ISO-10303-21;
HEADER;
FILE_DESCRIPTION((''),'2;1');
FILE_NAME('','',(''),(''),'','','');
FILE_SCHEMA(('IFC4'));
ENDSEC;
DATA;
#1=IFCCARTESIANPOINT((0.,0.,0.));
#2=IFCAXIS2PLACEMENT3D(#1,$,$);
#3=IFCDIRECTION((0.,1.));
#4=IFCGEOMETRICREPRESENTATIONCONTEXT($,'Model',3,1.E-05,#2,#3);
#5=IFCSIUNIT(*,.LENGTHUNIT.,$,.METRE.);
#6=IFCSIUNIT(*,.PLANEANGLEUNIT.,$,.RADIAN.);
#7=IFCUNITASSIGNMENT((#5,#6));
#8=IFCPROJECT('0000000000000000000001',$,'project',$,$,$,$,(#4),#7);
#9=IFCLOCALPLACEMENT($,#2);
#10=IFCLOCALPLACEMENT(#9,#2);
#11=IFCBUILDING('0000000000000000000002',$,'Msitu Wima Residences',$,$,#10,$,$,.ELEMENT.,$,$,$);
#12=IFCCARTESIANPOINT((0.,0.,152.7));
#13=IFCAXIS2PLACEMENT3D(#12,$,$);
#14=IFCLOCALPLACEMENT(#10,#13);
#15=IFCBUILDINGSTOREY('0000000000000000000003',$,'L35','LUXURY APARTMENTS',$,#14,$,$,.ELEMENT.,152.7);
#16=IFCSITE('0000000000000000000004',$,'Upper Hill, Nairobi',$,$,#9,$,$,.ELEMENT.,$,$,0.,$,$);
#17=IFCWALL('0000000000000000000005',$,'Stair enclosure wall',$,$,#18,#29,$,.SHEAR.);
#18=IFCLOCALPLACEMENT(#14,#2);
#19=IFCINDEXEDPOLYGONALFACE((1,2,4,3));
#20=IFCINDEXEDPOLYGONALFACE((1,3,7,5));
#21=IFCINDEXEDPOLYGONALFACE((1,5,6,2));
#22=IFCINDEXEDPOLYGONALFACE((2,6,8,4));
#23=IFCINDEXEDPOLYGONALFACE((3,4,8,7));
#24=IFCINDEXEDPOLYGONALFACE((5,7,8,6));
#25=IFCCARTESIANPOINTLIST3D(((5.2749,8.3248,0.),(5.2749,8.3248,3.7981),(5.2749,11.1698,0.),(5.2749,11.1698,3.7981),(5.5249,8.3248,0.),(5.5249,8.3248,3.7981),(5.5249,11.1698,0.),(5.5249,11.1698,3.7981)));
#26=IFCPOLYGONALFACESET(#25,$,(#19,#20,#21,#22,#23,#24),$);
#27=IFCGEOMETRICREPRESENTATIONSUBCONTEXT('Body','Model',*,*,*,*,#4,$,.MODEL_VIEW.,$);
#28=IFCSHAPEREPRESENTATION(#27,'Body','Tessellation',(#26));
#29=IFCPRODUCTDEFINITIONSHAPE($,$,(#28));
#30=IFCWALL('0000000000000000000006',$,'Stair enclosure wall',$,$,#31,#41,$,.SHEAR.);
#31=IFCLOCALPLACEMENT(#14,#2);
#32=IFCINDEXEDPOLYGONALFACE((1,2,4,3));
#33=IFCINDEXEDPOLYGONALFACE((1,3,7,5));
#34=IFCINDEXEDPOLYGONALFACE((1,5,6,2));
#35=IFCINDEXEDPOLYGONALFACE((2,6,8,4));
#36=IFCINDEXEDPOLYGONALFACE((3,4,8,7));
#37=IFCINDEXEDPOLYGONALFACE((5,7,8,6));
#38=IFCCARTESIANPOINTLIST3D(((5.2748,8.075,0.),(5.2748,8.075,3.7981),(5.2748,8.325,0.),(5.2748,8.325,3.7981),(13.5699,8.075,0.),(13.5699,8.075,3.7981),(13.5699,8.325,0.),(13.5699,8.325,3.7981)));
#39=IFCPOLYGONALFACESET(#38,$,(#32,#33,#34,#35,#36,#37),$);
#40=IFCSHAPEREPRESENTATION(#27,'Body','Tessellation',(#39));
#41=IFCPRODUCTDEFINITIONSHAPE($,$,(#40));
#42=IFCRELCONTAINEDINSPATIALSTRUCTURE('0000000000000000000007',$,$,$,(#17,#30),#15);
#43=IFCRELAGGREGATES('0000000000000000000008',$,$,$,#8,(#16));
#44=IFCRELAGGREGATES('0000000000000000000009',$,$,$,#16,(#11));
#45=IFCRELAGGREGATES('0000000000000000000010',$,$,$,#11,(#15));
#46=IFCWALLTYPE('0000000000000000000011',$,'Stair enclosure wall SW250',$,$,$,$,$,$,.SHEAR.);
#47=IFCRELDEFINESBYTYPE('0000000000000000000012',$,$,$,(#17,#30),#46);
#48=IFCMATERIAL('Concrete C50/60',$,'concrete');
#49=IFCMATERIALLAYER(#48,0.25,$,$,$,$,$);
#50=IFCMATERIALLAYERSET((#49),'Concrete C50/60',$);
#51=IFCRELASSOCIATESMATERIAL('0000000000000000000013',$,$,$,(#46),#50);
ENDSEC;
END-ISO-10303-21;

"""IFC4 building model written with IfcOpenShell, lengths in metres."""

from ifc_helpers import new_model, si_unit, direction, frame, frame_2d, origin, place, context, subcontext, project, spatial, rectangle, extrude, material, layer, layer_set, type_object, element, save


model = new_model("IFC4")

# Units and contexts
model_context = context("Model", 3, precision=1e-05, world=origin(), true_north=direction((0.0, 1.0)))
body_context = subcontext(model_context, "Body", "Model", "MODEL_VIEW")
ifc_project = project(units=[si_unit("LENGTHUNIT", "METRE"), si_unit("PLANEANGLEUNIT", "RADIAN")], contexts=[model_context])

# Site, building, storey
site_placement = place(None, origin())
site = spatial("IfcSite", under=ifc_project, at=site_placement, Name="Upper Hill, Nairobi", CompositionType="ELEMENT", RefElevation=0.0)
building_placement = place(site_placement, origin())
building = spatial("IfcBuilding", under=site, at=building_placement, Name="Msitu Wima Residences", CompositionType="ELEMENT")
storey_placement = place(building_placement, frame((0.0, 0.0, 152.7)))
storey = spatial("IfcBuildingStorey", under=building, at=storey_placement, Name="L35", Description="LUXURY APARTMENTS", CompositionType="ELEMENT", Elevation=152.7)

# Walls
ifc_material_1 = material(Name="Concrete C50/60", Category="concrete")
ifc_layer_1 = layer(ifc_material_1, 0.25)
ifc_layer_set_1 = layer_set([ifc_layer_1], Name="Concrete C50/60")
wall_type_1 = type_object("IfcWallType", Name="Stair enclosure wall SW250", PredefinedType="SHEAR", material=ifc_layer_set_1)
wall_1_placement = place(storey_placement, frame((5.3999, 8.325, 0.0), z_axis=(0.0, 0.0, 1.0), x_axis=(0.0, 1.0, 0.0)))
element("IfcWall", 1, at=wall_1_placement, inside=storey, type_object=wall_type_1, Name="Stair enclosure wall", PredefinedType="SHEAR", context=body_context, shape_type="SweptSolid", body=[
    extrude(rectangle(XDim=2.845, YDim=0.25, at=frame_2d((1.4224, 0.0))), origin(), (0.0, 0.0, 1.0), 3.7981),
])
wall_2_placement = place(storey_placement, frame((5.2749, 8.2, 0.0), z_axis=(0.0, 0.0, 1.0), x_axis=(1.0, 0.0, 0.0)))
element("IfcWall", 2, at=wall_2_placement, inside=storey, type_object=wall_type_1, Name="Stair enclosure wall", PredefinedType="SHEAR", context=body_context, shape_type="SweptSolid", body=[
    extrude(rectangle(XDim=8.2952, YDim=0.25, at=frame_2d((4.1475, 0.0))), origin(), (0.0, 0.0, 1.0), 3.7981),
])

save(model, "model.ifc")
